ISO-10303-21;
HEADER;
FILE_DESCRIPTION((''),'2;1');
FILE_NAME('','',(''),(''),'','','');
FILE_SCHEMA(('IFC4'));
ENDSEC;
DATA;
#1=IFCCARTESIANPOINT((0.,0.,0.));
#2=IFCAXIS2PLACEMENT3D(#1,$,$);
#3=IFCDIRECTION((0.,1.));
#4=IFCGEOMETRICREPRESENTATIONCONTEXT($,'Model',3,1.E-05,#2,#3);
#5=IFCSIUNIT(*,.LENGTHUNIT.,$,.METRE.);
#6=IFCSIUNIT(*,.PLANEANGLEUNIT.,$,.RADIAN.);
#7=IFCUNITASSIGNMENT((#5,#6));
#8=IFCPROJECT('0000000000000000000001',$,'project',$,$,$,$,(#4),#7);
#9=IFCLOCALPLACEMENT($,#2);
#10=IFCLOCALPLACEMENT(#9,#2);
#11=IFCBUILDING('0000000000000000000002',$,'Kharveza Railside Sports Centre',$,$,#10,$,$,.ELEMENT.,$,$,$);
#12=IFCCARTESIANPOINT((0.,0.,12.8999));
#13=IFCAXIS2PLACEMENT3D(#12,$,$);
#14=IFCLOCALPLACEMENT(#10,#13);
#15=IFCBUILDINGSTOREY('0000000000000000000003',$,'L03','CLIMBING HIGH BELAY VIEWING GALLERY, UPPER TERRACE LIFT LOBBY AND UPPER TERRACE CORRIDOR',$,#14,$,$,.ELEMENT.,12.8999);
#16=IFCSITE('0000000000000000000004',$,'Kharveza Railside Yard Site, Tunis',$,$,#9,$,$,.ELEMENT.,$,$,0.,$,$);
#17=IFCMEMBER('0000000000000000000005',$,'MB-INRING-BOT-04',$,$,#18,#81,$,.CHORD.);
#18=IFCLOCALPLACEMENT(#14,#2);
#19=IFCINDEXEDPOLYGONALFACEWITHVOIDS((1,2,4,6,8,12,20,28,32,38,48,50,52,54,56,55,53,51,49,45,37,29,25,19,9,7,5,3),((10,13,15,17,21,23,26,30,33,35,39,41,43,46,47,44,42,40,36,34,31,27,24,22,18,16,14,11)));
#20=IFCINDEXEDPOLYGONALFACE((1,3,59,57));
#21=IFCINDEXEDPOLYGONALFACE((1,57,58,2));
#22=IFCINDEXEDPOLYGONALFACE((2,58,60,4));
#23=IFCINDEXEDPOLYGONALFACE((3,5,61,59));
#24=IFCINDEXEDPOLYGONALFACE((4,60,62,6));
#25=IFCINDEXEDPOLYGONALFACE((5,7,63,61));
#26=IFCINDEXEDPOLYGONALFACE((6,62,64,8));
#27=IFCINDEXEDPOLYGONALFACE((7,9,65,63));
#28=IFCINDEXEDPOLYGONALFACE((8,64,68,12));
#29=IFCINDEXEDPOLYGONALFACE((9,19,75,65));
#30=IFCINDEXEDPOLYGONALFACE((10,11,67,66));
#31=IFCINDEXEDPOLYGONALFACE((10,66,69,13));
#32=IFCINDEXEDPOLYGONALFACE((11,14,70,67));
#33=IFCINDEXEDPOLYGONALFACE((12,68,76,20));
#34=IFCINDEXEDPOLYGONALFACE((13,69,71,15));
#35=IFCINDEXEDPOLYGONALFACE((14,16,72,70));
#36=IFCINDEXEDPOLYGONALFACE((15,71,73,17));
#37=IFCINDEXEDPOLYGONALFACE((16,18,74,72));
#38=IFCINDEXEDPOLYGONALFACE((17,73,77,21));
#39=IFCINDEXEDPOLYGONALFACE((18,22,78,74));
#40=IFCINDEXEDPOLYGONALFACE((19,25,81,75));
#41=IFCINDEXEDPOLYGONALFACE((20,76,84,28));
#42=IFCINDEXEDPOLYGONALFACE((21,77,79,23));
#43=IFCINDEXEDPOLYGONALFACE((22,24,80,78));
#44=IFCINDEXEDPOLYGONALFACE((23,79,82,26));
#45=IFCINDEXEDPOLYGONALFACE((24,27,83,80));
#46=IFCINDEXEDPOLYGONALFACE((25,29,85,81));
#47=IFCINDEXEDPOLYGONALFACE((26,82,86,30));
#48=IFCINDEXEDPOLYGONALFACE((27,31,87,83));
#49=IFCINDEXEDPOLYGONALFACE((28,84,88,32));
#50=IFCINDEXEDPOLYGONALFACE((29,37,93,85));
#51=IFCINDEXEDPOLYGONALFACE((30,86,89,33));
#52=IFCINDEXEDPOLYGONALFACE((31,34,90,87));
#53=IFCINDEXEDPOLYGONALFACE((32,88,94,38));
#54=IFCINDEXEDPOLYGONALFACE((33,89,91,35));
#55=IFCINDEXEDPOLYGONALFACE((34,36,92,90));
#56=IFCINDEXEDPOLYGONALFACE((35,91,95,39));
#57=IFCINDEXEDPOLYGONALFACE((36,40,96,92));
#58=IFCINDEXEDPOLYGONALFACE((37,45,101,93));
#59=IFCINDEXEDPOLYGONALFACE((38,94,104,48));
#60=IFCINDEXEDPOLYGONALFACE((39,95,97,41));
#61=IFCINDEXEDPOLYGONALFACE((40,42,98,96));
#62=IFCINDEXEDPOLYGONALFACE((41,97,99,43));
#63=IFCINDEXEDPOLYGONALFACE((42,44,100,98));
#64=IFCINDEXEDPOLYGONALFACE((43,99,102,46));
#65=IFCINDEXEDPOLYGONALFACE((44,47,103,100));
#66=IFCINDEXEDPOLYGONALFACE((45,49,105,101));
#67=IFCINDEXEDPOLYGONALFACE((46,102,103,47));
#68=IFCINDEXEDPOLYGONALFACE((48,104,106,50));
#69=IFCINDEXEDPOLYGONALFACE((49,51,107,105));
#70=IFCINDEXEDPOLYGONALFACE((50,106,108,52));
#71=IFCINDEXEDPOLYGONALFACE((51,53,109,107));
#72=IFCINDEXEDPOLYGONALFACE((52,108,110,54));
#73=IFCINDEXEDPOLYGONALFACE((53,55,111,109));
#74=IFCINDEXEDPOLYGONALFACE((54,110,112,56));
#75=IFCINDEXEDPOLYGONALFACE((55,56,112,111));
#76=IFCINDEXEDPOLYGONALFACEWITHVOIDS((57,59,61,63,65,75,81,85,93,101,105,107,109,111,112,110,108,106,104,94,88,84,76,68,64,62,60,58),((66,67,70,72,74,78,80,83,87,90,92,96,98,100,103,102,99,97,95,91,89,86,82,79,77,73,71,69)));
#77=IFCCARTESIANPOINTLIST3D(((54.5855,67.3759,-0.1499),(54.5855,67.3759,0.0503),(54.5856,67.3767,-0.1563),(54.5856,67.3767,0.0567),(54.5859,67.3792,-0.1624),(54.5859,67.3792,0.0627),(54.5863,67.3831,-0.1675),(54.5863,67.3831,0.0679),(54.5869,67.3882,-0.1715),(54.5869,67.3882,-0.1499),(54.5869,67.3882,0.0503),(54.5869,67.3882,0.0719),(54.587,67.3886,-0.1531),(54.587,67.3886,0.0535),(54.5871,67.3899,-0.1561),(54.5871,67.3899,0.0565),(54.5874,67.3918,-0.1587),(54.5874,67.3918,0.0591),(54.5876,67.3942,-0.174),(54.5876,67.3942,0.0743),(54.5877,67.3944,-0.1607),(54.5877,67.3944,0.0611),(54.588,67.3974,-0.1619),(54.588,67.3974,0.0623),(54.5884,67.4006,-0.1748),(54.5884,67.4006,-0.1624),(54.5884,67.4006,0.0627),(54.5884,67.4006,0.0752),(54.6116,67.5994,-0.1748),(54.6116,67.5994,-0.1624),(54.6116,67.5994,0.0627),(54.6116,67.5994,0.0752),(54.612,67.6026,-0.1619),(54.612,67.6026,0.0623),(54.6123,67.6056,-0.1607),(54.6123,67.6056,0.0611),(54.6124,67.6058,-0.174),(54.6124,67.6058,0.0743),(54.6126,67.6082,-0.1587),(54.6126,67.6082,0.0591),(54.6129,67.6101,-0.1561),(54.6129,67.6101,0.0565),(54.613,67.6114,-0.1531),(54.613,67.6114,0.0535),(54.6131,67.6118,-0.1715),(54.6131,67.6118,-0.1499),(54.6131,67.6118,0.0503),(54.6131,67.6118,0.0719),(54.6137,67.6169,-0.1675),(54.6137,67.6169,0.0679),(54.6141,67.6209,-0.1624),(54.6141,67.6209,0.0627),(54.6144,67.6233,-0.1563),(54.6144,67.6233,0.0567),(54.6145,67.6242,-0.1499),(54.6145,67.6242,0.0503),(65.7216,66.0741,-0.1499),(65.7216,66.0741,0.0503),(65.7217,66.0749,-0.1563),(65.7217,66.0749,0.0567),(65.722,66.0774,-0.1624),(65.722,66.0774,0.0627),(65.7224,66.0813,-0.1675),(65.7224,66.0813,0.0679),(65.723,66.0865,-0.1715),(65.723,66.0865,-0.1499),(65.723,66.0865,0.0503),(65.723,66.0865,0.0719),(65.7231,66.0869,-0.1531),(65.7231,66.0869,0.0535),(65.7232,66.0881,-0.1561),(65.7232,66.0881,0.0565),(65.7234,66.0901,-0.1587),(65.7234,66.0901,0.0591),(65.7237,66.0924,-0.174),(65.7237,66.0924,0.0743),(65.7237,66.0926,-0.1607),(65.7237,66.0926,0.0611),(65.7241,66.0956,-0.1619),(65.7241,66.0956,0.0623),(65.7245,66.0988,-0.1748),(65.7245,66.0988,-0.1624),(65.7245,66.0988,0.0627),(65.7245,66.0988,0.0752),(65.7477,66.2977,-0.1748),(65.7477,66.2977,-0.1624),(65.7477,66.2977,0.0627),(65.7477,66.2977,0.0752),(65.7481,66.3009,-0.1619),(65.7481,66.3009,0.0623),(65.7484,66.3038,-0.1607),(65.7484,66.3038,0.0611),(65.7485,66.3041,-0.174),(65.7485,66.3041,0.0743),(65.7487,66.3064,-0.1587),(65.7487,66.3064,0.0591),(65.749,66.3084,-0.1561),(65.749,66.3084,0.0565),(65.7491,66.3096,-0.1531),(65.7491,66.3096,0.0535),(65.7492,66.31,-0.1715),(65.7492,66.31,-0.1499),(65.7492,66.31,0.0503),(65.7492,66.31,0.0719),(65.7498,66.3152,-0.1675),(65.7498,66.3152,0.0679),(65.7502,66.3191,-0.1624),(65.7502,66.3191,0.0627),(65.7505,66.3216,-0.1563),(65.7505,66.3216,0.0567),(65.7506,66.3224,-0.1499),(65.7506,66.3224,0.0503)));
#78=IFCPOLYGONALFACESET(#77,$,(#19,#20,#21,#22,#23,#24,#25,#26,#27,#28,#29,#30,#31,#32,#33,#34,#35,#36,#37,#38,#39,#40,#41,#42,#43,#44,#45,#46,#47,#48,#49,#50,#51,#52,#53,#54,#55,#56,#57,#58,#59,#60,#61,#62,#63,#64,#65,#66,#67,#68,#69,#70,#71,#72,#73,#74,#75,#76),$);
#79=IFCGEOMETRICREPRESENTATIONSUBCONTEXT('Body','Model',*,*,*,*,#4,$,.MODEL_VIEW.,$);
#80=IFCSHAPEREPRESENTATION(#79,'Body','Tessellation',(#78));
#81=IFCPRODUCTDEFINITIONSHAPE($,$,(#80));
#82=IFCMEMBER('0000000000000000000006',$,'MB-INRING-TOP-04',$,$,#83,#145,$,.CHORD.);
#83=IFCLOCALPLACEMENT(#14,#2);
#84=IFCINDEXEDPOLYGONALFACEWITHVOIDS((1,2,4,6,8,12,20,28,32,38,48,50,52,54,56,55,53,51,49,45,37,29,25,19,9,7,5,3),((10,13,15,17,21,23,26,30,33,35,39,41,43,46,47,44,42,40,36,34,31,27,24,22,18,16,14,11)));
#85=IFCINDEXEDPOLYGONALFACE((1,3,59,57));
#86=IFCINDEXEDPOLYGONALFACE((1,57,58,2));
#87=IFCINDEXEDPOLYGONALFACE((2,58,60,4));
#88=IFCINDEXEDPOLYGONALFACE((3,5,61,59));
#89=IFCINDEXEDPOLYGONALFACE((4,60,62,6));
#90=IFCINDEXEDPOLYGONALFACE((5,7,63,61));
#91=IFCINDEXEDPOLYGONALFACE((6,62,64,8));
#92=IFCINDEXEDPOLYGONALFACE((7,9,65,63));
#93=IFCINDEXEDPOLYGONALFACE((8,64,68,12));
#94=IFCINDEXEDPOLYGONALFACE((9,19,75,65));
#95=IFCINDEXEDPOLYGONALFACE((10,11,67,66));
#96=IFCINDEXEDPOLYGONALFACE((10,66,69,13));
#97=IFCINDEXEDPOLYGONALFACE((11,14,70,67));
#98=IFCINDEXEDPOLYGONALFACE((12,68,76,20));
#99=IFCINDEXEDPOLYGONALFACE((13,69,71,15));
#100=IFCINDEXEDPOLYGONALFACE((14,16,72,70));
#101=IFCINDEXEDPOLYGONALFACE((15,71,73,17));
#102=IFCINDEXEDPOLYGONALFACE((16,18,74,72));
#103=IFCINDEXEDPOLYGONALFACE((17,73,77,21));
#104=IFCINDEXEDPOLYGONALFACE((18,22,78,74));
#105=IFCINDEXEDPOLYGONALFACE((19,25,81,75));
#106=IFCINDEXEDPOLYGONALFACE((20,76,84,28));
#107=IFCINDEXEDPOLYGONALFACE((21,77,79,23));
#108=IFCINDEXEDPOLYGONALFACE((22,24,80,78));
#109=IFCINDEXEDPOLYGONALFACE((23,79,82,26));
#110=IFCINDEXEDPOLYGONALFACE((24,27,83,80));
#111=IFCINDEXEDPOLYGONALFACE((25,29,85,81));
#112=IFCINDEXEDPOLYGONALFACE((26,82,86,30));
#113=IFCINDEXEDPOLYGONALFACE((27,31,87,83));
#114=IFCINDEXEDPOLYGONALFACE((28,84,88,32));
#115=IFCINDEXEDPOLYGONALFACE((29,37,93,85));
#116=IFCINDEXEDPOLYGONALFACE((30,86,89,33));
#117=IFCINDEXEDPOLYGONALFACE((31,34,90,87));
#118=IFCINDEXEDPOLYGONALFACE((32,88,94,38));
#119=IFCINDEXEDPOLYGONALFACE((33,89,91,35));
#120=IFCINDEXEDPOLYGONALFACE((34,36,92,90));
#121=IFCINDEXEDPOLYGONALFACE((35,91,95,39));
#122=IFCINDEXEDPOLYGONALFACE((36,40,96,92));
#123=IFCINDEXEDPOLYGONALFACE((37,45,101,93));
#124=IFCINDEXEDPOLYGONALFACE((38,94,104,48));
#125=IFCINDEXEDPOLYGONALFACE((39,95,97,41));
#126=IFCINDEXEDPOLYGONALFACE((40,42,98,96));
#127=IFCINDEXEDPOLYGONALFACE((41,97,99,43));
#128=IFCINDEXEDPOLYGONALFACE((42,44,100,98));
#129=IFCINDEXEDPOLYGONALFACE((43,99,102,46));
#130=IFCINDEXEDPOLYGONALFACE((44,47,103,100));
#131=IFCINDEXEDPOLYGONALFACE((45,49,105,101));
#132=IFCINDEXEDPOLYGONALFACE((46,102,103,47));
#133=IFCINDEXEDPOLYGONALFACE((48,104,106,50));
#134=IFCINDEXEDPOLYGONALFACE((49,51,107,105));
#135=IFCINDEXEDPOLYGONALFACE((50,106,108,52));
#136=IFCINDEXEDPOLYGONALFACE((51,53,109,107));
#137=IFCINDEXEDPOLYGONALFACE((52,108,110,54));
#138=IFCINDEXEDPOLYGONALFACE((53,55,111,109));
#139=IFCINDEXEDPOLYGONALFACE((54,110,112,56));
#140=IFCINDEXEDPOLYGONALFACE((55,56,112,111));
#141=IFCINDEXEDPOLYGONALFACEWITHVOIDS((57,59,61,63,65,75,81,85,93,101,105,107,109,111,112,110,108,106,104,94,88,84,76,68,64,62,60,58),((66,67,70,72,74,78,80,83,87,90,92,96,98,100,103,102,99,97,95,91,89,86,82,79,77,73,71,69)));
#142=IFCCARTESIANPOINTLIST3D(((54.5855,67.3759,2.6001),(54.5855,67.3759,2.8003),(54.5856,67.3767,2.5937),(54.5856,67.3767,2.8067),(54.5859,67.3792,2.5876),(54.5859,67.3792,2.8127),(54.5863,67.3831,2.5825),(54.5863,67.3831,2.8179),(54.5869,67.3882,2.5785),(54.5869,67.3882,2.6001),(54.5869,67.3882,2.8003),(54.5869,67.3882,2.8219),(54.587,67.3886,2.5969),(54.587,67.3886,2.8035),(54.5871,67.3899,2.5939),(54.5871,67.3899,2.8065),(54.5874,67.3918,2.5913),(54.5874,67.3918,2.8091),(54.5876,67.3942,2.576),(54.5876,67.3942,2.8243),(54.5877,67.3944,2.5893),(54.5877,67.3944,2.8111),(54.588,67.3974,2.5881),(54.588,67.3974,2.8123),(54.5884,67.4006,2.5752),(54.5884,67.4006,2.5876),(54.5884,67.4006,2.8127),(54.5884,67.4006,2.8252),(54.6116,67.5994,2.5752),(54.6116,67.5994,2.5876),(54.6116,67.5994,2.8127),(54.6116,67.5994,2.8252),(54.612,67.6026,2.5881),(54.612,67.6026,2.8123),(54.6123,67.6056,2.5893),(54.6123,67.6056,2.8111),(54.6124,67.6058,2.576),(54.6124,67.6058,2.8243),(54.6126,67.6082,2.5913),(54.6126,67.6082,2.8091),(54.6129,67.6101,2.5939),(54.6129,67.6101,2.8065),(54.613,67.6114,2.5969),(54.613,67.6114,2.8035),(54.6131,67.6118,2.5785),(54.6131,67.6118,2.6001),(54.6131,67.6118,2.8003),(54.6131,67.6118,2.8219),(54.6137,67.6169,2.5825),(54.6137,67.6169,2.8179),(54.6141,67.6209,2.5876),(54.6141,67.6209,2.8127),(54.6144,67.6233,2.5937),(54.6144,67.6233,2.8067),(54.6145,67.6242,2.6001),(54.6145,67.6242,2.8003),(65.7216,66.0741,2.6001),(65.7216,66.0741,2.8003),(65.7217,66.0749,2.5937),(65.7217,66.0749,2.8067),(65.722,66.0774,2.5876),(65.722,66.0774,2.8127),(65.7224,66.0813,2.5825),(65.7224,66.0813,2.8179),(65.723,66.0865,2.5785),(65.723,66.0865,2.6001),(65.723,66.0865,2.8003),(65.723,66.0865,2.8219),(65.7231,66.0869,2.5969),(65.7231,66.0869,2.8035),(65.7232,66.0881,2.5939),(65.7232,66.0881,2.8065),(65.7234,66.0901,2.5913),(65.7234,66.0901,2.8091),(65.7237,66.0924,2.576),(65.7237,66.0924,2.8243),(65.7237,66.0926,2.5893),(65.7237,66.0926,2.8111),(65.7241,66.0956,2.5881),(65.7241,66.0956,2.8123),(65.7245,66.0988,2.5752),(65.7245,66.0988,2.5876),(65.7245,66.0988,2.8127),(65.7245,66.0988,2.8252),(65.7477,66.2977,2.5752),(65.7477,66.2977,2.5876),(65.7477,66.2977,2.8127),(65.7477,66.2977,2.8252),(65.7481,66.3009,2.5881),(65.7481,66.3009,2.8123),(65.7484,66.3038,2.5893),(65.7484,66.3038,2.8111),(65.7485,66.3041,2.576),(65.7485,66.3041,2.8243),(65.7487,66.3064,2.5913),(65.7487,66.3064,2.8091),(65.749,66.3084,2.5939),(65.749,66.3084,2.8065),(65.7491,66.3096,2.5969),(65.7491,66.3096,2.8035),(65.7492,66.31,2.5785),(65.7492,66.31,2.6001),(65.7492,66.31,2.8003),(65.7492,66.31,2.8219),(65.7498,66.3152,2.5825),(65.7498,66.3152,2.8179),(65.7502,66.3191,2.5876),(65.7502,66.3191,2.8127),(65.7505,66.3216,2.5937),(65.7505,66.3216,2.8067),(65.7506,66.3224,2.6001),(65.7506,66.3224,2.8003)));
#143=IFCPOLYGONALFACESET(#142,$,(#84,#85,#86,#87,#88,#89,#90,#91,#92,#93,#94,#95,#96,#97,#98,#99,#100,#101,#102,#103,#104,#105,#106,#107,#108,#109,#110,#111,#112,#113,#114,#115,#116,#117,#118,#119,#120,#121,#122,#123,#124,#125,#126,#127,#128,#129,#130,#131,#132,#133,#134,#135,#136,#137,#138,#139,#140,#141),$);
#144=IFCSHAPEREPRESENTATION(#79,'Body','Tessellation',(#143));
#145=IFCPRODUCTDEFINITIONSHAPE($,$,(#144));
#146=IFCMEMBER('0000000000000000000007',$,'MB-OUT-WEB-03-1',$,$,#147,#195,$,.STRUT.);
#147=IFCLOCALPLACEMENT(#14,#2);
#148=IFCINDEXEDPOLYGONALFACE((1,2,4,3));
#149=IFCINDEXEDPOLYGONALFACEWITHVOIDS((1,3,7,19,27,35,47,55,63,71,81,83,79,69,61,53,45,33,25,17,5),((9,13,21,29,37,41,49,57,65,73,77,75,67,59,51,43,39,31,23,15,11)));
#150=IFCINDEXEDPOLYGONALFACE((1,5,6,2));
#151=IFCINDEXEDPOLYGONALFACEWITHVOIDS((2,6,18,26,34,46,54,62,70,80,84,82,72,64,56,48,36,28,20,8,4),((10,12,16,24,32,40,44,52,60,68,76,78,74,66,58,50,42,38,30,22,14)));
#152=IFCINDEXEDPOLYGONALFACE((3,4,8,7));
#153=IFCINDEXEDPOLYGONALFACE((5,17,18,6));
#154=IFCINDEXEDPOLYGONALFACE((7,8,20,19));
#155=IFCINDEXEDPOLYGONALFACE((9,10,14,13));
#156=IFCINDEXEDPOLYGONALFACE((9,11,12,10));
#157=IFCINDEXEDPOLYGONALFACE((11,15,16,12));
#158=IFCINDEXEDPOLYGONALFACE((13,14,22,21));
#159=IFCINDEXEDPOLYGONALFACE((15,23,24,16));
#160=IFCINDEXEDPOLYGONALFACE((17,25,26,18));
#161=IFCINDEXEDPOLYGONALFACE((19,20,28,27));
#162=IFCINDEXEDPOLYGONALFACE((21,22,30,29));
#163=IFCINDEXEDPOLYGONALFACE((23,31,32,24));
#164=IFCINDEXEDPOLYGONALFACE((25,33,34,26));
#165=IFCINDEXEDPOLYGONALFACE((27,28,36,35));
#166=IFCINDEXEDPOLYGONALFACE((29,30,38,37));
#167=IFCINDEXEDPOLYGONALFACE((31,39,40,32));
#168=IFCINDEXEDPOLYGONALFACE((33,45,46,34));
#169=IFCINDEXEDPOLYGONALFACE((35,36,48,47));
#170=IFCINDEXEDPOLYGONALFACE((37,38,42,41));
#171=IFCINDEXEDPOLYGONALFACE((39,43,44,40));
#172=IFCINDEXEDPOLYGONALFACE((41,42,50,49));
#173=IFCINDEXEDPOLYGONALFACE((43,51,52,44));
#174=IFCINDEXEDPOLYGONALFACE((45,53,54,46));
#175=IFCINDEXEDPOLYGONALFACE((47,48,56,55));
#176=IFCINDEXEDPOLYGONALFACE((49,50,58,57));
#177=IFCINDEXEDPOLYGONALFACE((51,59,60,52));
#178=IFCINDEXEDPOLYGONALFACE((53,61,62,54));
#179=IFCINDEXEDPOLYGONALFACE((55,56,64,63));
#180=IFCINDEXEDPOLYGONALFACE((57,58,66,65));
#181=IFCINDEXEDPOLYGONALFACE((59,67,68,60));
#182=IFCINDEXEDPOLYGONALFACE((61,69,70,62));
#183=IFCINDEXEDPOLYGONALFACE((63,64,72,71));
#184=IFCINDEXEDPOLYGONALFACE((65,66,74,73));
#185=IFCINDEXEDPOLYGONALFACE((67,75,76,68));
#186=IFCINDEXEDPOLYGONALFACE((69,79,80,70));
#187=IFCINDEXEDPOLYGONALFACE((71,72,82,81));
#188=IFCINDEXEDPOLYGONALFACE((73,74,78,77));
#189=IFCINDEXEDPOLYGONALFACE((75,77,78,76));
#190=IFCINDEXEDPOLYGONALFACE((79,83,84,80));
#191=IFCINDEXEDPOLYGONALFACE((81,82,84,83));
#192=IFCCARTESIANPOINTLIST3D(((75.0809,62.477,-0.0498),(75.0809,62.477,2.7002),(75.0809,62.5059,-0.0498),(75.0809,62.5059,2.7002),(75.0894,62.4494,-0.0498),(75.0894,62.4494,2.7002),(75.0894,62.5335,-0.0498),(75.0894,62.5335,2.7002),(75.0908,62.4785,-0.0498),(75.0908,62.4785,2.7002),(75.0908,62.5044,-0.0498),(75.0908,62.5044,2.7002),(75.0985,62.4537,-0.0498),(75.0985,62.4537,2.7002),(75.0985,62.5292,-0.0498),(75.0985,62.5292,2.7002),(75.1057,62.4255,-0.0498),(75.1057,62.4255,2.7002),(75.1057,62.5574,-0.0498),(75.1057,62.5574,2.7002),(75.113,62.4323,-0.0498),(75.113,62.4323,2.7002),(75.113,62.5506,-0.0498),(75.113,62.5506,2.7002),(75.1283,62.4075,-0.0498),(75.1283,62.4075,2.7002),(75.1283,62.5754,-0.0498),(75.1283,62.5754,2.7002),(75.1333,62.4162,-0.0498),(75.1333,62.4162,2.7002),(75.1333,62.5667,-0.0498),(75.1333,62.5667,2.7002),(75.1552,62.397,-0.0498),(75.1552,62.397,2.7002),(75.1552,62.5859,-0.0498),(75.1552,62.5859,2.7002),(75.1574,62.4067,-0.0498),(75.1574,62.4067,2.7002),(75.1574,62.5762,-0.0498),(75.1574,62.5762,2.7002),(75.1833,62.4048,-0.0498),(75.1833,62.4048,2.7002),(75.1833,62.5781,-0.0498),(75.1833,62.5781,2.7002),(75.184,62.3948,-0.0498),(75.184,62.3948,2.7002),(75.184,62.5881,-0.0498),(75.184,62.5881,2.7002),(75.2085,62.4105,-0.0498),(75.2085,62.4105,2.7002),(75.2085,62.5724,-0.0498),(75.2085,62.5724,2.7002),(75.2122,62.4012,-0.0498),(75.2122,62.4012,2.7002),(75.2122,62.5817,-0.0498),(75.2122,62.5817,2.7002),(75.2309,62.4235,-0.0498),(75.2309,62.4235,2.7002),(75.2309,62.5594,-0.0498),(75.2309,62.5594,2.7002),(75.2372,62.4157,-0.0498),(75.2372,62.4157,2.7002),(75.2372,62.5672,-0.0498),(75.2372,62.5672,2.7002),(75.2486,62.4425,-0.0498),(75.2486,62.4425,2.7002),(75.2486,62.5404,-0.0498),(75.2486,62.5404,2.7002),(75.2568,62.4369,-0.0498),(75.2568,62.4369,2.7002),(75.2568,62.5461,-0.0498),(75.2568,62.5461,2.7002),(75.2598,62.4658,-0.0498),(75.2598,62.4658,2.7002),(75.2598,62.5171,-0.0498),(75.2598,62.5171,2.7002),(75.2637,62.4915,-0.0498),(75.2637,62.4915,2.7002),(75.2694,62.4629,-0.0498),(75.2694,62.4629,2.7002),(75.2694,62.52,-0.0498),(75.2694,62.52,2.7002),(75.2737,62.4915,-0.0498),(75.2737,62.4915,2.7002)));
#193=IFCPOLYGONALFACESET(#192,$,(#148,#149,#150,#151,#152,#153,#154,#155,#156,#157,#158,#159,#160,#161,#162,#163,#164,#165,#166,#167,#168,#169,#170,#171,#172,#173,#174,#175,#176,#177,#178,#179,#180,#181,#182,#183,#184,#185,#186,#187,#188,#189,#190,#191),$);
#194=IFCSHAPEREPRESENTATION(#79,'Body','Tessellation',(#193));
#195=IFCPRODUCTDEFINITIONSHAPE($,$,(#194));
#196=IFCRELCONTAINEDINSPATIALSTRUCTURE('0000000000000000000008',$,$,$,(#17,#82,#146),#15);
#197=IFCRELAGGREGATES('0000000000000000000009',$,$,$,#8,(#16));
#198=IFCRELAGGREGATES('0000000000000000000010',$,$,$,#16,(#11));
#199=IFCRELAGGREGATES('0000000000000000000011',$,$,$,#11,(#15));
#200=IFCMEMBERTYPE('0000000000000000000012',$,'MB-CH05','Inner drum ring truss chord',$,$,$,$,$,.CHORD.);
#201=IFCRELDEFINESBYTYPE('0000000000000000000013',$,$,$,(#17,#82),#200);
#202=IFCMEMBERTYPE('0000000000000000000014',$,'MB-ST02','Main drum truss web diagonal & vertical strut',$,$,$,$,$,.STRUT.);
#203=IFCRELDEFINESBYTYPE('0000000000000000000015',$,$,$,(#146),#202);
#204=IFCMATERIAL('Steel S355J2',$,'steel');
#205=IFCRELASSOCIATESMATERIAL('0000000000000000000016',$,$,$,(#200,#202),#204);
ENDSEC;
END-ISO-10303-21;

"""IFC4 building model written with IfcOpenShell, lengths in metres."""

from ifc_helpers import new_model, si_unit, direction, frame, origin, origin_2d, place, context, subcontext, project, spatial, hollow_rectangle, hollow_circle, extrude, material, material_profile, profile_set, type_object, element, save


model = new_model("IFC4")

# Units and contexts
model_context = context("Model", 3, precision=1e-05, world=origin(), true_north=direction((0.0, 1.0)))
body_context = subcontext(model_context, "Body", "Model", "MODEL_VIEW")
ifc_project = project(units=[si_unit("LENGTHUNIT", "METRE"), si_unit("PLANEANGLEUNIT", "RADIAN")], contexts=[model_context])

# Site, building, storey
site_placement = place(None, origin())
site = spatial("IfcSite", under=ifc_project, at=site_placement, Name="Kharveza Railside Yard Site, Tunis", CompositionType="ELEMENT", RefElevation=0.0)
building_placement = place(site_placement, origin())
building = spatial("IfcBuilding", under=site, at=building_placement, Name="Kharveza Railside Sports Centre", CompositionType="ELEMENT")
storey_placement = place(building_placement, frame((0.0, 0.0, 12.8999)))
storey = spatial("IfcBuildingStorey", under=building, at=storey_placement, Name="L03", Description="CLIMBING HIGH BELAY VIEWING GALLERY, UPPER TERRACE LIFT LOBBY AND UPPER TERRACE CORRIDOR", CompositionType="ELEMENT", Elevation=12.8999)

# Members
ifc_material = material(Name="Steel S355J2", Category="steel")
ifc_material_profile_1 = material_profile(ifc_material, hollow_rectangle(XDim=0.25, YDim=0.25, WallThickness=0.0125, InnerFilletRadius=0.0125, OuterFilletRadius=0.0249, at=origin_2d()), Name="SHS 250x250x12.5")
ifc_profile_set_1 = profile_set([ifc_material_profile_1], Name="Steel S355J2")
member_type_1 = type_object("IfcMemberType", Name="MB-CH05", Description="Inner drum ring truss chord", PredefinedType="CHORD", material=ifc_profile_set_1)
for number, where, z_axis, x_axis, name in (
    (1, (65.7361, 66.1982, -0.0498), (-0.993237, 0.116106, 0.0), (-0.116106, -0.993237, 0.0), "MB-INRING-BOT-04"),
    (2, (65.7361, 66.1982, 2.7002), (-0.993237, 0.116106, 0.0), (-0.116106, -0.993237, 0.0), "MB-INRING-TOP-04"),
):
    element("IfcMember", number, at=place(storey_placement, frame(where, z_axis=z_axis, x_axis=x_axis)), inside=storey, type_object=member_type_1, Name=name, PredefinedType="CHORD", context=body_context, shape_type="SweptSolid", body=[
        extrude(hollow_rectangle(XDim=0.25, YDim=0.25, WallThickness=0.0125, InnerFilletRadius=0.0125, OuterFilletRadius=0.0249, at=origin_2d()), origin(), (0.0, 0.0, 1.0), 11.2119),
    ])
ifc_material_profile_2 = material_profile(ifc_material, hollow_circle(Radius=0.0969, WallThickness=0.01, at=origin_2d()), Name="CHS 193.7x10.0")
ifc_profile_set_2 = profile_set([ifc_material_profile_2], Name="Steel S355J2")
member_type_2 = type_object("IfcMemberType", Name="MB-ST02", Description="Main drum truss web diagonal & vertical strut", PredefinedType="STRUT", material=ifc_profile_set_2)
for number, where, z_axis, x_axis, name in (
    (3, (75.1768, 62.4915, -0.0498), (0.0, 0.0, 1.0), (1.0, 0.0, 0.0), "MB-OUT-WEB-03-1"),
):
    element("IfcMember", number, at=place(storey_placement, frame(where, z_axis=z_axis, x_axis=x_axis)), inside=storey, type_object=member_type_2, Name=name, PredefinedType="STRUT", context=body_context, shape_type="SweptSolid", body=[
        extrude(hollow_circle(Radius=0.0969, WallThickness=0.01, at=origin_2d()), origin(), (0.0, 0.0, 1.0), 2.75),
    ])

save(model, "model.ifc")
